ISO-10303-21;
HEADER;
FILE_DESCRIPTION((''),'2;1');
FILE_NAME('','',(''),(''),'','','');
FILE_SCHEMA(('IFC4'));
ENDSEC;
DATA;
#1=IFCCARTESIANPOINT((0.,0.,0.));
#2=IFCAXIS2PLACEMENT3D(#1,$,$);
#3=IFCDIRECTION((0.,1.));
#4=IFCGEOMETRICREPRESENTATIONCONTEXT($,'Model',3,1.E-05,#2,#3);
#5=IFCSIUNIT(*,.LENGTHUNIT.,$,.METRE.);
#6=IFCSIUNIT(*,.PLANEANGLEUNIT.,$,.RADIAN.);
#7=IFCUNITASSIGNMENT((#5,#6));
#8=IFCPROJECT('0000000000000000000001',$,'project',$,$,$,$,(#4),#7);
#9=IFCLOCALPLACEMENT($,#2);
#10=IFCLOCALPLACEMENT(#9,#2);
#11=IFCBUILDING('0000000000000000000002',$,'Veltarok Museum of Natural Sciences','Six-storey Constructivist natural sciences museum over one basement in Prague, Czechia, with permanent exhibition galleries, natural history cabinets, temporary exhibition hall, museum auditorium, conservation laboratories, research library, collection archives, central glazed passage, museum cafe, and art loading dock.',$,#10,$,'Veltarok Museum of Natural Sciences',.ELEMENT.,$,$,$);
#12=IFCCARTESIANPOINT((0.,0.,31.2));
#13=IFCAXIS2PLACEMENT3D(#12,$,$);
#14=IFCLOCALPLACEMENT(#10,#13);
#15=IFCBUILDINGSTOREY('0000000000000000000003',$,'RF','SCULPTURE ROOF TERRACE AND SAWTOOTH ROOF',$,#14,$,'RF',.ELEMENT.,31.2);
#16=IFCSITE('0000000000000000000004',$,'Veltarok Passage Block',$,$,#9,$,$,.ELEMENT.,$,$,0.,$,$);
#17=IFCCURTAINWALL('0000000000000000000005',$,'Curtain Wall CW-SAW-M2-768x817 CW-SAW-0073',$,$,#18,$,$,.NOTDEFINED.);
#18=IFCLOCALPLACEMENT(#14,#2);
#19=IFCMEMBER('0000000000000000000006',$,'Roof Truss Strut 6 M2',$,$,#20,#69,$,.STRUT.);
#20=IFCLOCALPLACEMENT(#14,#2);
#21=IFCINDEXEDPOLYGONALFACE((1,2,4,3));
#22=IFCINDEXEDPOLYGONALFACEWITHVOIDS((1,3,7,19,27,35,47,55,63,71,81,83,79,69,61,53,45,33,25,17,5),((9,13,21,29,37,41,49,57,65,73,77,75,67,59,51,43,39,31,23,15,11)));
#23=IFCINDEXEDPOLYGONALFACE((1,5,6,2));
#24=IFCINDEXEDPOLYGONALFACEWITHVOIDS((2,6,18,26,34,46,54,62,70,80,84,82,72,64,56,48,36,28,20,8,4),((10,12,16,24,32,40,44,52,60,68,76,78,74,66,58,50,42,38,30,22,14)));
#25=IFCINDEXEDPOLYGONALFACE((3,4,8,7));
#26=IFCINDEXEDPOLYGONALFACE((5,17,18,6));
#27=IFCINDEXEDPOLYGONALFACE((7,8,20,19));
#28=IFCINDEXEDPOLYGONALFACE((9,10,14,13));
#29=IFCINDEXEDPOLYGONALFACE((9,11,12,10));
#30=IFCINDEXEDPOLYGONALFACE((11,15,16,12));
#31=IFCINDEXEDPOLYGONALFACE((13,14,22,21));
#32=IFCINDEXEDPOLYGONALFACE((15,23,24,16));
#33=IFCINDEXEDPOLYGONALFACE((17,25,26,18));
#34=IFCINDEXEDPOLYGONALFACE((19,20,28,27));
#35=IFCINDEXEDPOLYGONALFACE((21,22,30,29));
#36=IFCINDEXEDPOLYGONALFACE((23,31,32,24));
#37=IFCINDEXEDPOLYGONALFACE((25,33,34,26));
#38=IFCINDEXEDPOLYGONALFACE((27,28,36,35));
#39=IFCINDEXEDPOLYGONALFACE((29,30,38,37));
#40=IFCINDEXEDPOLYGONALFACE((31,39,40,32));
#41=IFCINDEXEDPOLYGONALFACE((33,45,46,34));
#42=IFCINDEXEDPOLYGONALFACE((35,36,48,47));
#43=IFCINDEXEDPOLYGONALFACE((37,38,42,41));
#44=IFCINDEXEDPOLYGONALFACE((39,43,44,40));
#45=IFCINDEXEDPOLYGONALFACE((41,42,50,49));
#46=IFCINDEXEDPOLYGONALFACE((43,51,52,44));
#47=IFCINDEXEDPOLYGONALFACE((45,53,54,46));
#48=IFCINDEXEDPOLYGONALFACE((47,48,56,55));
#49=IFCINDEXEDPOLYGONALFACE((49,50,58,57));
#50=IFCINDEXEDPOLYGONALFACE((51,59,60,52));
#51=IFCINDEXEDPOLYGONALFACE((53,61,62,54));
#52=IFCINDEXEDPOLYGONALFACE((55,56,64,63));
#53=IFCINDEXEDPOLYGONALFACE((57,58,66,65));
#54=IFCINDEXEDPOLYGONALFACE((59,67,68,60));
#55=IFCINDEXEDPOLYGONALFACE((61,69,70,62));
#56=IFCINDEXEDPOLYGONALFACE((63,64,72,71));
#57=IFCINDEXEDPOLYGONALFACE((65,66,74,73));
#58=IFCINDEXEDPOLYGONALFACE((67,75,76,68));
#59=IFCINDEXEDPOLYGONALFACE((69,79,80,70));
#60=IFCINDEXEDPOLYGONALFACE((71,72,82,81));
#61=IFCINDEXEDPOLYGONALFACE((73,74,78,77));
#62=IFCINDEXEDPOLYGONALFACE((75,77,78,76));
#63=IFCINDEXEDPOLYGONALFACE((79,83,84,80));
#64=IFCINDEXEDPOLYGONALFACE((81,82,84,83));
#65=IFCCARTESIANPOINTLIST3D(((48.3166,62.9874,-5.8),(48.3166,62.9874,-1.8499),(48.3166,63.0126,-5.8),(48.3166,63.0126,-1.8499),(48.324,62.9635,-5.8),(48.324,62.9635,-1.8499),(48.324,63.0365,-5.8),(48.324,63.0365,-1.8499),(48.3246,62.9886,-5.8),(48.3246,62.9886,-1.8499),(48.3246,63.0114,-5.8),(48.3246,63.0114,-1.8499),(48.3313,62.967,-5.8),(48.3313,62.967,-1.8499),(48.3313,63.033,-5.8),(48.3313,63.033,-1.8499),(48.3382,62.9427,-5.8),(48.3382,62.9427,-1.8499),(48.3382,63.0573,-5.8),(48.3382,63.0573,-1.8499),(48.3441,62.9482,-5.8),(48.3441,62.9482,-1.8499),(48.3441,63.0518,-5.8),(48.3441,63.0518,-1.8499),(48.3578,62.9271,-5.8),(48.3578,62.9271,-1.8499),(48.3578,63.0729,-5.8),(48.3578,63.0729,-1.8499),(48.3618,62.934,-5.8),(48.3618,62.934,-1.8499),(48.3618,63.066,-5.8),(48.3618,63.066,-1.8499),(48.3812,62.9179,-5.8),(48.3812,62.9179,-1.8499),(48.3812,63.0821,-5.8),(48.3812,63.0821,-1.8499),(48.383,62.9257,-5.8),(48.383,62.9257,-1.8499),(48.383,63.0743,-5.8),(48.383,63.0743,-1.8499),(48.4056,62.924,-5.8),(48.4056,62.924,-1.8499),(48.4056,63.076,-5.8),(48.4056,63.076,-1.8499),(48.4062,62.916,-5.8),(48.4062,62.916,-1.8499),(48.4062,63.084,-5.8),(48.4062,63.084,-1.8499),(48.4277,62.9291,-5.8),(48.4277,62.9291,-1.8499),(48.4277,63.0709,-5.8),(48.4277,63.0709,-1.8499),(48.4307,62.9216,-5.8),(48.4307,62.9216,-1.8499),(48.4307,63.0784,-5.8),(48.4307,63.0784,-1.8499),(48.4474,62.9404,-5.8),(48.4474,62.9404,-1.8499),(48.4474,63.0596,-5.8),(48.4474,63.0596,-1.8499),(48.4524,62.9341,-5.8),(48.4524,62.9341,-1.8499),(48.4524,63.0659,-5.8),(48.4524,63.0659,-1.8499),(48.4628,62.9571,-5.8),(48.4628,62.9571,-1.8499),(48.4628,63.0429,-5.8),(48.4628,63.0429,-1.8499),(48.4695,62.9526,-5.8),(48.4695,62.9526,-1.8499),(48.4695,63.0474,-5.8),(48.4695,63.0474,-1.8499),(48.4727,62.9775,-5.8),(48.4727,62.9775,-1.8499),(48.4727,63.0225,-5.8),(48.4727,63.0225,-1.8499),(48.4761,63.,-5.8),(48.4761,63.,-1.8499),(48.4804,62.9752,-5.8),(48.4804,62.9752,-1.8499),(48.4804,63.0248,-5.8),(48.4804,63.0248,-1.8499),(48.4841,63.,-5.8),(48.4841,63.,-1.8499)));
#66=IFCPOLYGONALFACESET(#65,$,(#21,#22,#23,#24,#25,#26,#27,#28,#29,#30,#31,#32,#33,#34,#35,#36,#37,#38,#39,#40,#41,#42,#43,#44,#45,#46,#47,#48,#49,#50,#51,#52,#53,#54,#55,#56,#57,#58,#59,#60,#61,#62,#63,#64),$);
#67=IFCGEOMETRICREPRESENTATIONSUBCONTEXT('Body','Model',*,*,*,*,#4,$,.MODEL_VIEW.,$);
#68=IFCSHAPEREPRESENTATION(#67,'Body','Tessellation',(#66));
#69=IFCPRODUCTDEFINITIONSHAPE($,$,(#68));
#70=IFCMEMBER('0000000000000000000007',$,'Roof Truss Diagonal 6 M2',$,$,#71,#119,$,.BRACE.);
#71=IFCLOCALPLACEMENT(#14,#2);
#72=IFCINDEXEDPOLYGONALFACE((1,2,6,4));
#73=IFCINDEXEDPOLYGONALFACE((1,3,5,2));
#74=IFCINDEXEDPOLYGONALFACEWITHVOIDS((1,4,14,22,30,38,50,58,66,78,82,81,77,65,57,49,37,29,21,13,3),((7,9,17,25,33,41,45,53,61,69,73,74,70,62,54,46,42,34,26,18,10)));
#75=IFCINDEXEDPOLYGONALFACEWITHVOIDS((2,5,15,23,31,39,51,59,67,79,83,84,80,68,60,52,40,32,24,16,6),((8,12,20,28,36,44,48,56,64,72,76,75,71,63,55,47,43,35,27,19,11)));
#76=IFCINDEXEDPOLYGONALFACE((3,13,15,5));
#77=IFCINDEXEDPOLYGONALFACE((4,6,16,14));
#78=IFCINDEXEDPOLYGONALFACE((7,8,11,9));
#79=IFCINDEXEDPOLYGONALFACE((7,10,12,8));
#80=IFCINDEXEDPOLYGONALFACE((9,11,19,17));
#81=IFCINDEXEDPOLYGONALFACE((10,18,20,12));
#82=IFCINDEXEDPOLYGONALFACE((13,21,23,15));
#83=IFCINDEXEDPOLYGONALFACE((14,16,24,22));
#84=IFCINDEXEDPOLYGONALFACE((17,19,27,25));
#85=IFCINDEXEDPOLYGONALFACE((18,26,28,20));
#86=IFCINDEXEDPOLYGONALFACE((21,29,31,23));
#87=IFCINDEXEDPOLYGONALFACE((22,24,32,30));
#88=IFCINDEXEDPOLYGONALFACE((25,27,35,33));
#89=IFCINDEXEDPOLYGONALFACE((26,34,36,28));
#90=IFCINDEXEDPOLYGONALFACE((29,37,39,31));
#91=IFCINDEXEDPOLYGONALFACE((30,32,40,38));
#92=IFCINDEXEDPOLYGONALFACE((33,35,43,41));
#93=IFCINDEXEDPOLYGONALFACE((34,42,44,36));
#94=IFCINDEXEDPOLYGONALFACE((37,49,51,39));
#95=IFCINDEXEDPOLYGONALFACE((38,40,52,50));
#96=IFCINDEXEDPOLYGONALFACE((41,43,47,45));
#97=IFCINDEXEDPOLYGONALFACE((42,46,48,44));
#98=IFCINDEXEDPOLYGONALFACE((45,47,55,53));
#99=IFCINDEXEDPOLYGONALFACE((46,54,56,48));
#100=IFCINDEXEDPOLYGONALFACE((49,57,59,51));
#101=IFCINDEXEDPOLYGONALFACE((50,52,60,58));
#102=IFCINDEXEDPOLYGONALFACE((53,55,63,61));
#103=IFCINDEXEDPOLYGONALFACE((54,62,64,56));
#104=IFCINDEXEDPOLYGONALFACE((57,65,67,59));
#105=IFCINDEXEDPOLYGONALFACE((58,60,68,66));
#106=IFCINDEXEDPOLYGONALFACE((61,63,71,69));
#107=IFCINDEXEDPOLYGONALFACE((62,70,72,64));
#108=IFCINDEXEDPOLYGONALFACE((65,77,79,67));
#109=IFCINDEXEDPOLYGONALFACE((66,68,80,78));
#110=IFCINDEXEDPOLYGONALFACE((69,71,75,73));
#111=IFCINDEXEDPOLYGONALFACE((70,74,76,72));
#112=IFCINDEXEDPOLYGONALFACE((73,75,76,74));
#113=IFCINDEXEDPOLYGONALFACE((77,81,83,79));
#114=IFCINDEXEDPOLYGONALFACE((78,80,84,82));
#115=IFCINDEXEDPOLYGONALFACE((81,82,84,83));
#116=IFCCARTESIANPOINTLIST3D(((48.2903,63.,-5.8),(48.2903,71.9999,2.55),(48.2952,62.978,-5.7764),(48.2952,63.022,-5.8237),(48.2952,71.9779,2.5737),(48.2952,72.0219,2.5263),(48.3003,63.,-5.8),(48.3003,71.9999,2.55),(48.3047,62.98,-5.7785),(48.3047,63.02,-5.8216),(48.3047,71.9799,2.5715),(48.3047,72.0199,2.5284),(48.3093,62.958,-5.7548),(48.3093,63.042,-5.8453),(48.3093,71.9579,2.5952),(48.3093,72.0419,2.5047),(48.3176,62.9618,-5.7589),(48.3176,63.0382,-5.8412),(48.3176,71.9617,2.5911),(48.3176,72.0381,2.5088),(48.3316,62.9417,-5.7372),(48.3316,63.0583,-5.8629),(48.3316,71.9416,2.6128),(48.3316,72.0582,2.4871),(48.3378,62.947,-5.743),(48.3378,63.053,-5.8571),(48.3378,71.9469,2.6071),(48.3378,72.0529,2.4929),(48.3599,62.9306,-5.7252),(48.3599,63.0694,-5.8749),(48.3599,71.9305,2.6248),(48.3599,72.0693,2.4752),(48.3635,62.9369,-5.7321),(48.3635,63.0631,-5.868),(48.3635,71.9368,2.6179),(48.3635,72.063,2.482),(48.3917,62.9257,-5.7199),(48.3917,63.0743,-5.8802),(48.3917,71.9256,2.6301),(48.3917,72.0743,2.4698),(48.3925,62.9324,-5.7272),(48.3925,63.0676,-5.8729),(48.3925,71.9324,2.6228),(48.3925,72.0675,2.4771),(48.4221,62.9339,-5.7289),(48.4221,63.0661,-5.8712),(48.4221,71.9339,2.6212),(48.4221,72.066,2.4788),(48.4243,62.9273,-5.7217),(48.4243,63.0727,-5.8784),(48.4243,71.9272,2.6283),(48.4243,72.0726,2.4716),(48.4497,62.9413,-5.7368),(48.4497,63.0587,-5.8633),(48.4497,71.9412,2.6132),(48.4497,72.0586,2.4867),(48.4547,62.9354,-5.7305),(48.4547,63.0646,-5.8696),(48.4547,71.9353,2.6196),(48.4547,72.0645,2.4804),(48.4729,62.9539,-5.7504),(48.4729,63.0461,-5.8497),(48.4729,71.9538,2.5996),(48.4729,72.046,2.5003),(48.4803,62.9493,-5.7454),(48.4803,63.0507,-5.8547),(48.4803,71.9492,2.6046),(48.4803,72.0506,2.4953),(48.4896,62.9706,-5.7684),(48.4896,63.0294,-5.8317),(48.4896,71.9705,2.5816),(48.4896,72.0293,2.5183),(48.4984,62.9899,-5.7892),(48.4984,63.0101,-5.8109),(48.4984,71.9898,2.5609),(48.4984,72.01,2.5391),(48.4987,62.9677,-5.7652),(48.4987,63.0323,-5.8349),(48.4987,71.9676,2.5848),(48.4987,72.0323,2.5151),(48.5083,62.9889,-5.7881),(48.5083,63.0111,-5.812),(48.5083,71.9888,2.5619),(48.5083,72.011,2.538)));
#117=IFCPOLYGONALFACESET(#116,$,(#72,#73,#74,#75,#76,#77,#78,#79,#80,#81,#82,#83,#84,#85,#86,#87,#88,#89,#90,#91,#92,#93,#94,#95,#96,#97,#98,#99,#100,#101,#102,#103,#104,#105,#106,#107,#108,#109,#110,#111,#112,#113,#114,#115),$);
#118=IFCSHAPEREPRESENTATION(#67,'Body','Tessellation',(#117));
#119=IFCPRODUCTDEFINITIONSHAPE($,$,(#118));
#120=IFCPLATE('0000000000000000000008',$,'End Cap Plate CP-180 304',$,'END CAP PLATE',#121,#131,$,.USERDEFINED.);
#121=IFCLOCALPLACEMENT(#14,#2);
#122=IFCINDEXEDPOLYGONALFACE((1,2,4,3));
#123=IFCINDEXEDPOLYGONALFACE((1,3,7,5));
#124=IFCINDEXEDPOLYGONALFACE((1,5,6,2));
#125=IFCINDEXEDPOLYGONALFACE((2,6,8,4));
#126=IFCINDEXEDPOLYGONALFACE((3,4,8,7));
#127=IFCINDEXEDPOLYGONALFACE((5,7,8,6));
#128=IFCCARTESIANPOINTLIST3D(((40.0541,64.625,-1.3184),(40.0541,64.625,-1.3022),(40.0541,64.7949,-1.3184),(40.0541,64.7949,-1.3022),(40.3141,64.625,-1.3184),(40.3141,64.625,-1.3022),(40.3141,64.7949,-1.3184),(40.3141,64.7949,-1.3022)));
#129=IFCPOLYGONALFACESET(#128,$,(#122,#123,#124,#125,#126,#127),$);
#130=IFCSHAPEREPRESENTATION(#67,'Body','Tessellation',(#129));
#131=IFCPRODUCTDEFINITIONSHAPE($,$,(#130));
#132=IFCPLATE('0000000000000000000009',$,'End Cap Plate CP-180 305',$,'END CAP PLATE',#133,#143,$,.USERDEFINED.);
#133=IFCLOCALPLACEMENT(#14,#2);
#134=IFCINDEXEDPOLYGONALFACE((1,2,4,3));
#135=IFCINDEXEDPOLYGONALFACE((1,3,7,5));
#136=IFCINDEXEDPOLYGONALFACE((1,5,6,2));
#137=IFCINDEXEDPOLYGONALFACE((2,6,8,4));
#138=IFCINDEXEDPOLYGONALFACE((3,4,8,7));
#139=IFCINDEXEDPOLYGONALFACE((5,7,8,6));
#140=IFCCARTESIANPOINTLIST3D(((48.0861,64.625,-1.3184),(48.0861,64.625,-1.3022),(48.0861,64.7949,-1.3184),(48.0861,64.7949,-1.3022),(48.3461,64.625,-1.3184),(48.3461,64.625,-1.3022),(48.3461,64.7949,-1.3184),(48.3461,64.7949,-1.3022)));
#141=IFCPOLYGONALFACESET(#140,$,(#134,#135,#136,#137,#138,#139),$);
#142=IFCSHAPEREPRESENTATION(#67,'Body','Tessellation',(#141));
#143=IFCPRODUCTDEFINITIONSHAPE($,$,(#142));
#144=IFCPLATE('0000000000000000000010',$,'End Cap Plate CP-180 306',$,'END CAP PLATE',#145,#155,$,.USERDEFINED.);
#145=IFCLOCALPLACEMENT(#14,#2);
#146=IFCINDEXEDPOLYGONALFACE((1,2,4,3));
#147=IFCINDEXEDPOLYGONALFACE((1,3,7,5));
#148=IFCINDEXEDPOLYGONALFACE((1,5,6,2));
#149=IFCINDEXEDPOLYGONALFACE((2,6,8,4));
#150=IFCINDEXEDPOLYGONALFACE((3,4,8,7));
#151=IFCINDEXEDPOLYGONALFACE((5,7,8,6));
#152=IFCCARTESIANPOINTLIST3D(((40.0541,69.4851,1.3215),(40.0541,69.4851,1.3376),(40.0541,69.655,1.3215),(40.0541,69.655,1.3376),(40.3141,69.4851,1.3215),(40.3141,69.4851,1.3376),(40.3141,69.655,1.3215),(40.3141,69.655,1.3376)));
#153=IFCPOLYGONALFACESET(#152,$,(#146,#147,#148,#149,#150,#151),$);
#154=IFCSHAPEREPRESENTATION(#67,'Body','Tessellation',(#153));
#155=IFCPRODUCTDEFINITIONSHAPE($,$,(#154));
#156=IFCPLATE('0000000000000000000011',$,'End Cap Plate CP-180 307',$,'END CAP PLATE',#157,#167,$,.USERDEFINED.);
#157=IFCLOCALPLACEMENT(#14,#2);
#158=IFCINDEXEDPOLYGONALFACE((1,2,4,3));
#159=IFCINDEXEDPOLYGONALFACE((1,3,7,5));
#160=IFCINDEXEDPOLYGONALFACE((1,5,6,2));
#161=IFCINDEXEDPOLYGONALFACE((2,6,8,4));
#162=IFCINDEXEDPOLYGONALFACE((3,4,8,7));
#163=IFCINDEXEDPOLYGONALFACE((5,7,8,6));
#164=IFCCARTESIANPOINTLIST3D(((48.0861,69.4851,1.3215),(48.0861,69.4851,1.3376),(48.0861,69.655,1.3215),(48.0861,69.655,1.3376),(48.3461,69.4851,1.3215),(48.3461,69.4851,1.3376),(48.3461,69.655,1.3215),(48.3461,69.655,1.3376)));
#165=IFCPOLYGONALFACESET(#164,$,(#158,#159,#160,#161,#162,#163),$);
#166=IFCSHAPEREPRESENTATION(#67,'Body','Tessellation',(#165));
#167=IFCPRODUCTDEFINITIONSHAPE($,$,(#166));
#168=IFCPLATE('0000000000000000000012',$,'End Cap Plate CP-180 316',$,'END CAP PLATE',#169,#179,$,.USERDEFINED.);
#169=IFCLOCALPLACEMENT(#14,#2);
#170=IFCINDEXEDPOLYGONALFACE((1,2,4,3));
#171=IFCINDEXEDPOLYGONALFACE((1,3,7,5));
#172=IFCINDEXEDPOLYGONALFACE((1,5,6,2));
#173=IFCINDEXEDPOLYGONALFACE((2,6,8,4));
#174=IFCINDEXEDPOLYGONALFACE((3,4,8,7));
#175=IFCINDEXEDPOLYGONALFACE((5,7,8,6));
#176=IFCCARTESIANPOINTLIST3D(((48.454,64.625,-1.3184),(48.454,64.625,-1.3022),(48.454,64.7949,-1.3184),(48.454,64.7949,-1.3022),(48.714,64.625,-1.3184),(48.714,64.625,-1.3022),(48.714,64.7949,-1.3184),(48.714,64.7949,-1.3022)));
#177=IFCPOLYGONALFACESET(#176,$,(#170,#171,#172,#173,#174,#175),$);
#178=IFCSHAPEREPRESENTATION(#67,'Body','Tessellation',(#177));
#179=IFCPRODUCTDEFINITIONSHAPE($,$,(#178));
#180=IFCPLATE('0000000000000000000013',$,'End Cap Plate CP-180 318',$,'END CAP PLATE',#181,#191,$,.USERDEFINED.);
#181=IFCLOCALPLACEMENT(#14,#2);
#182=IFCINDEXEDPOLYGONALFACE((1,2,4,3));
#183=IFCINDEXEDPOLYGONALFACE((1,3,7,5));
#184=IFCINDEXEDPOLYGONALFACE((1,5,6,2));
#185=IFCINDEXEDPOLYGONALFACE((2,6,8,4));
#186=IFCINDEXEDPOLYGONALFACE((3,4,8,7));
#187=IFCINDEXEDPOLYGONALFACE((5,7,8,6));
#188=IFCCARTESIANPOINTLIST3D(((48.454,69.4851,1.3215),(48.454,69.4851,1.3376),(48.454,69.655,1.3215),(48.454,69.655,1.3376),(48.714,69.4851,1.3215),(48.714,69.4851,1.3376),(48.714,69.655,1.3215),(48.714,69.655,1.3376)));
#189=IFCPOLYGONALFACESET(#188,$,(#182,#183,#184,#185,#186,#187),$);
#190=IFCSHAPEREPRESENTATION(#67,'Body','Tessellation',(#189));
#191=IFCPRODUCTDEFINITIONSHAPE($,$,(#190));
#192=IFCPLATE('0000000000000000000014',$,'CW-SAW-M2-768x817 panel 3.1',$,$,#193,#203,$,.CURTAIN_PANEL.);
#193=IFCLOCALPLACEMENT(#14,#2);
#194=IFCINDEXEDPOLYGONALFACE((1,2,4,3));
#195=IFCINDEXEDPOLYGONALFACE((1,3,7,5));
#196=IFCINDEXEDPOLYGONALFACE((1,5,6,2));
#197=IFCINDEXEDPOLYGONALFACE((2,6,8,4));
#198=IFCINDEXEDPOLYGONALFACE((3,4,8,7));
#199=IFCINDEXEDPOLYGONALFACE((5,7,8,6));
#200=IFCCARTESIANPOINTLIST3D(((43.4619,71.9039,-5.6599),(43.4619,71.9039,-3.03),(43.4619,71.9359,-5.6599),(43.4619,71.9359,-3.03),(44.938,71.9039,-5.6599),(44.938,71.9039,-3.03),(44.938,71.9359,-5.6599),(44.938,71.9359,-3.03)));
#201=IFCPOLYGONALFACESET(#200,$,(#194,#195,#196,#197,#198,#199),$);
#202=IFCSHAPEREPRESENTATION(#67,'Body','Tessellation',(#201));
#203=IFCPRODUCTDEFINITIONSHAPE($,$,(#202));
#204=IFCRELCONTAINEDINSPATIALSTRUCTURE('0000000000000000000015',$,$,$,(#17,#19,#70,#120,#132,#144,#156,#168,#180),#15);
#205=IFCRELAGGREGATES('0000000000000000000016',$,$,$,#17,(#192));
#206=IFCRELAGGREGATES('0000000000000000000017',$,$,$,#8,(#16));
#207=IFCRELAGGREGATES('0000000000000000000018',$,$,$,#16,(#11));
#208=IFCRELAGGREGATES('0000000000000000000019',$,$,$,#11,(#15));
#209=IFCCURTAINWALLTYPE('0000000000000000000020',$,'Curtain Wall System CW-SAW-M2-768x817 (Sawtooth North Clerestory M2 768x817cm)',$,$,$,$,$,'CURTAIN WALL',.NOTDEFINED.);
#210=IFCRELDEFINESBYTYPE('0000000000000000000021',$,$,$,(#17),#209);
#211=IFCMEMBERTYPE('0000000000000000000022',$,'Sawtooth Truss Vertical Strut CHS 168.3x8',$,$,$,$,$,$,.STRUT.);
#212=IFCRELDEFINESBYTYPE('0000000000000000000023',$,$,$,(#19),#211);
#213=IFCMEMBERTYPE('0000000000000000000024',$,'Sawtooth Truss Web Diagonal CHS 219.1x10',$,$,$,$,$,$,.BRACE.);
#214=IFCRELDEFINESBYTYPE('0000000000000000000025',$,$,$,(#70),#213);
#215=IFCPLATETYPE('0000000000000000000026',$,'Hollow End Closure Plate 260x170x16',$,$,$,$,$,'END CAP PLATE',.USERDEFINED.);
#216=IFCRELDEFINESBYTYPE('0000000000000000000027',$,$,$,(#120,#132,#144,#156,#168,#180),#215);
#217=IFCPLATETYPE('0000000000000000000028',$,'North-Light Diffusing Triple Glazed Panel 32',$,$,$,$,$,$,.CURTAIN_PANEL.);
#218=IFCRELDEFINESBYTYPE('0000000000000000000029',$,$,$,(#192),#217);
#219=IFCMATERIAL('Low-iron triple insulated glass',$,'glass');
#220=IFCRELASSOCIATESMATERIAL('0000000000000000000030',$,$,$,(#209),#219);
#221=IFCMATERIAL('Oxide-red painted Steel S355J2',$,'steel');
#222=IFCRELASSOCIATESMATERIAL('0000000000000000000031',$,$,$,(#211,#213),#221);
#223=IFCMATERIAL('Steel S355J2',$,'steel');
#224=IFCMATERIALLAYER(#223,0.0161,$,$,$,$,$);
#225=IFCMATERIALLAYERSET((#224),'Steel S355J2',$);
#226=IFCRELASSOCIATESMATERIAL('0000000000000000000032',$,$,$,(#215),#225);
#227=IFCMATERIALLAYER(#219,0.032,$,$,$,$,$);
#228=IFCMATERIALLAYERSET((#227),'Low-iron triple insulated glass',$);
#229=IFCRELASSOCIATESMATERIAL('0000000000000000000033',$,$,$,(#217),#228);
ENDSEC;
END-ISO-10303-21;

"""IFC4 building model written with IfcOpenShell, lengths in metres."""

from ifc_helpers import new_model, si_unit, direction, frame, origin, origin_2d, place, context, subcontext, project, spatial, rectangle, hollow_circle, extrude, material, layer, layer_set, material_profile, profile_set, type_object, element, aggregate, save


model = new_model("IFC4")

# Units and contexts
model_context = context("Model", 3, precision=1e-05, world=origin(), true_north=direction((0.0, 1.0)))
body_context = subcontext(model_context, "Body", "Model", "MODEL_VIEW")
ifc_project = project(units=[si_unit("LENGTHUNIT", "METRE"), si_unit("PLANEANGLEUNIT", "RADIAN")], contexts=[model_context])

# Site, building, storey
site_placement = place(None, origin())
site = spatial("IfcSite", under=ifc_project, at=site_placement, Name="Veltarok Passage Block", CompositionType="ELEMENT", RefElevation=0.0)
building_placement = place(site_placement, origin())
building = spatial("IfcBuilding", under=site, at=building_placement, Name="Veltarok Museum of Natural Sciences", Description="Six-storey Constructivist natural sciences museum over one basement in Prague, Czechia, with permanent exhibition galleries, natural history cabinets, temporary exhibition hall, museum auditorium, conservation laboratories, research library, collection archives, central glazed passage, museum cafe, and art loading dock.", LongName="Veltarok Museum of Natural Sciences", CompositionType="ELEMENT")
storey_placement = place(building_placement, frame((0.0, 0.0, 31.2)))
storey = spatial("IfcBuildingStorey", under=building, at=storey_placement, Name="RF", Description="SCULPTURE ROOF TERRACE AND SAWTOOTH ROOF", LongName="RF", CompositionType="ELEMENT", Elevation=31.2)

# Curtain wall
ifc_material_1 = material(Name="Low-iron triple insulated glass", Category="glass")
curtain_wall_type = type_object("IfcCurtainWallType", Name="Curtain Wall System CW-SAW-M2-768x817 (Sawtooth North Clerestory M2 768x817cm)", ElementType="CURTAIN WALL", PredefinedType="NOTDEFINED", material=ifc_material_1)
curtain_wall_placement = place(storey_placement, origin())
curtain_wall = element("IfcCurtainWall", 1, at=curtain_wall_placement, inside=storey, type_object=curtain_wall_type, Name="Curtain Wall CW-SAW-M2-768x817 CW-SAW-0073", PredefinedType="NOTDEFINED")

# Members
ifc_material_2 = material(Name="Steel S355J2", Category="steel")
ifc_material_3 = material(Name="Oxide-red painted Steel S355J2", Category="steel")
ifc_material_profile_1 = material_profile(ifc_material_3, hollow_circle(Radius=0.0842, WallThickness=0.0081, at=origin_2d()), Name="CHS 168.3x8")
ifc_profile_set_1 = profile_set([ifc_material_profile_1], Name="Oxide-red painted Steel S355J2")
member_type_1 = type_object("IfcMemberType", Name="Sawtooth Truss Vertical Strut CHS 168.3x8", PredefinedType="STRUT", material=ifc_profile_set_1)
member_1_placement = place(storey_placement, frame((48.3999, 63.0, -5.8), z_axis=(0.0, 0.0, 1.0), x_axis=(1.0, 0.0, 0.0)))
element("IfcMember", 2, at=member_1_placement, inside=storey, type_object=member_type_1, Name="Roof Truss Strut 6 M2", PredefinedType="STRUT", context=body_context, shape_type="SweptSolid", body=[
    extrude(hollow_circle(Radius=0.0842, WallThickness=0.0081, at=origin_2d()), origin(), (0.0, 0.0, 1.0), 3.9502),
])
ifc_material_profile_2 = material_profile(ifc_material_3, hollow_circle(Radius=0.1096, WallThickness=0.01, at=origin_2d()), Name="CHS 219.1x10")
ifc_profile_set_2 = profile_set([ifc_material_profile_2], Name="Oxide-red painted Steel S355J2")
member_type_2 = type_object("IfcMemberType", Name="Sawtooth Truss Web Diagonal CHS 219.1x10", PredefinedType="BRACE", material=ifc_profile_set_2)
member_2_placement = place(storey_placement, frame((48.3999, 63.0, -5.8), z_axis=(0.0, 0.73308, 0.680143), x_axis=(-1.0, 0.0, 0.0)))
element("IfcMember", 3, at=member_2_placement, inside=storey, type_object=member_type_2, Name="Roof Truss Diagonal 6 M2", PredefinedType="BRACE", context=body_context, shape_type="SweptSolid", body=[
    extrude(hollow_circle(Radius=0.1096, WallThickness=0.01, at=origin_2d()), origin(), (0.0, 0.0, 1.0), 12.2769),
])

# Plates
ifc_layer_1 = layer(ifc_material_2, 0.0161)
ifc_layer_set_1 = layer_set([ifc_layer_1], Name="Steel S355J2")
plate_type_1 = type_object("IfcPlateType", Name="Hollow End Closure Plate 260x170x16", ElementType="END CAP PLATE", PredefinedType="USERDEFINED", material=ifc_layer_set_1)
for number, where, z_axis, x_axis, name in (
    (4, (40.1841, 64.71, -1.3184), (0.0, 0.0, 1.0), (1.0, 0.0, 0.0), "End Cap Plate CP-180 304"),
    (5, (48.2161, 64.71, -1.3184), (0.0, 0.0, 1.0), (1.0, 0.0, 0.0), "End Cap Plate CP-180 305"),
    (6, (40.1841, 69.5701, 1.3215), (0.0, 0.0, 1.0), (1.0, 0.0, 0.0), "End Cap Plate CP-180 306"),
    (7, (48.2161, 69.5701, 1.3215), (0.0, 0.0, 1.0), (1.0, 0.0, 0.0), "End Cap Plate CP-180 307"),
    (8, (48.584, 64.71, -1.3184), (0.0, 0.0, 1.0), (1.0, 0.0, 0.0), "End Cap Plate CP-180 316"),
    (9, (48.584, 69.5701, 1.3215), (0.0, 0.0, 1.0), (1.0, 0.0, 0.0), "End Cap Plate CP-180 318"),
):
    element("IfcPlate", number, at=place(storey_placement, frame(where, z_axis=z_axis, x_axis=x_axis)), inside=storey, type_object=plate_type_1, Name=name, ObjectType="END CAP PLATE", PredefinedType="USERDEFINED", context=body_context, shape_type="SweptSolid", body=[
        extrude(rectangle(XDim=0.26, YDim=0.1699, at=origin_2d()), origin(), (0.0, 0.0, 1.0), 0.0161),
    ])

# Plate
ifc_layer_2 = layer(ifc_material_1, 0.032)
ifc_layer_set_2 = layer_set([ifc_layer_2], Name="Low-iron triple insulated glass")
plate_type_2 = type_object("IfcPlateType", Name="North-Light Diffusing Triple Glazed Panel 32", PredefinedType="CURTAIN_PANEL", material=ifc_layer_set_2)
plate_1_placement = place(storey_placement, frame((44.2, 71.9199, -5.6599), z_axis=(0.0, 0.0, 1.0), x_axis=(-1.0, 0.0, 0.0)))
plate_1 = element("IfcPlate", 10, at=plate_1_placement, type_object=plate_type_2, Name="CW-SAW-M2-768x817 panel 3.1", PredefinedType="CURTAIN_PANEL", context=body_context, shape_type="SweptSolid", body=[
    extrude(rectangle(XDim=1.4761, YDim=0.032, at=origin_2d()), origin(), (0.0, 0.0, 1.0), 2.6299),
])
aggregate(curtain_wall, [plate_1])

save(model, "model.ifc")
